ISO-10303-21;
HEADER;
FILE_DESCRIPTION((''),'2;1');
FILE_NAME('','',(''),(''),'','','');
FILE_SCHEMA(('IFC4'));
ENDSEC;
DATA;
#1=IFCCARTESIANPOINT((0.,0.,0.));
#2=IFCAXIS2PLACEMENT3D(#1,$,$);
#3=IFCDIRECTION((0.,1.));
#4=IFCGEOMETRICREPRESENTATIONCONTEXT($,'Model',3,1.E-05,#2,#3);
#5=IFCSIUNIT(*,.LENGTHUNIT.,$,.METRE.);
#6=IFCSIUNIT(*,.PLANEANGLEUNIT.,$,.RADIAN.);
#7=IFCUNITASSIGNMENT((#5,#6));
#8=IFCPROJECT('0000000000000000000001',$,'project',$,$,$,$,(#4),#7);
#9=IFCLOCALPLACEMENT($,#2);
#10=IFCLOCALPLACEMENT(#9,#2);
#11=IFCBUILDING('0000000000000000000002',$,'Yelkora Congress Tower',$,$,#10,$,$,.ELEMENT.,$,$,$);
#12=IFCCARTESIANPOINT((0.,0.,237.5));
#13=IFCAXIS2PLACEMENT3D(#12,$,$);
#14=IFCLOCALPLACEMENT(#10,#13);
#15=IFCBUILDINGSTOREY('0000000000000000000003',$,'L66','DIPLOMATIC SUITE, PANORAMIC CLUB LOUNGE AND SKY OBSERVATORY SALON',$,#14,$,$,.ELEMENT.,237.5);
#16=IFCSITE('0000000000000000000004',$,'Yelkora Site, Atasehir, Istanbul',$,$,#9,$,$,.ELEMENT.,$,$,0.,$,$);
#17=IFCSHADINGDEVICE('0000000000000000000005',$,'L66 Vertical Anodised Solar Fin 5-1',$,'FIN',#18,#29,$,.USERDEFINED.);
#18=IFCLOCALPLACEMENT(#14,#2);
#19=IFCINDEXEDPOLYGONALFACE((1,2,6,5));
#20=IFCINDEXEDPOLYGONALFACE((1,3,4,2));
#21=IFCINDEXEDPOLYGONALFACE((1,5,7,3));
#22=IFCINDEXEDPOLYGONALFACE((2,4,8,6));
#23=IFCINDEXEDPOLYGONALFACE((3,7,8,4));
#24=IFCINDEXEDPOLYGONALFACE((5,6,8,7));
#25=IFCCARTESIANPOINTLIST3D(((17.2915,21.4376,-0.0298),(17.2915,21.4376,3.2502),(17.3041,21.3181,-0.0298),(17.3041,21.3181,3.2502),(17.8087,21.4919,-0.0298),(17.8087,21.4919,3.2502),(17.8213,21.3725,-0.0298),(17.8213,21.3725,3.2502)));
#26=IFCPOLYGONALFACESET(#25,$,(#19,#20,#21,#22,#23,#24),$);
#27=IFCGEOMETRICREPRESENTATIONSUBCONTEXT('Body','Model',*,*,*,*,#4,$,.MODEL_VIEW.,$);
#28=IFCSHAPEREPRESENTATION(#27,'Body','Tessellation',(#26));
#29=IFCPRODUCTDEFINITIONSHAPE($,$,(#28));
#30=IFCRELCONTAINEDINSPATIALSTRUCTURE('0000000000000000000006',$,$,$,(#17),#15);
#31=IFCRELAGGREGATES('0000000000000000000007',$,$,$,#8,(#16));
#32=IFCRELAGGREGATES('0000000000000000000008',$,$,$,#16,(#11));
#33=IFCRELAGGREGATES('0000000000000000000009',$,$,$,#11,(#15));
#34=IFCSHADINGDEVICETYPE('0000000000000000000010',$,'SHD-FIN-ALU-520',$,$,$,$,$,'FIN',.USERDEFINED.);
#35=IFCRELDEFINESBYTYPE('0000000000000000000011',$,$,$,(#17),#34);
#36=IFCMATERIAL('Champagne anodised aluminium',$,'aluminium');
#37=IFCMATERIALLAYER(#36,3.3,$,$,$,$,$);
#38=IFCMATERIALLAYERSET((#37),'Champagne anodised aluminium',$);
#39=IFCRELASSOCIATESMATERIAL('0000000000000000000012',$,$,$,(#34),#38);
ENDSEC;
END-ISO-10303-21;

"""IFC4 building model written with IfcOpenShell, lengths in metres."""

from ifc_helpers import new_model, si_unit, direction, frame, origin, origin_2d, place, context, subcontext, project, spatial, rectangle, extrude, material, layer, layer_set, type_object, element, save


model = new_model("IFC4")

# Units and contexts
model_context = context("Model", 3, precision=1e-05, world=origin(), true_north=direction((0.0, 1.0)))
body_context = subcontext(model_context, "Body", "Model", "MODEL_VIEW")
ifc_project = project(units=[si_unit("LENGTHUNIT", "METRE"), si_unit("PLANEANGLEUNIT", "RADIAN")], contexts=[model_context])

# Site, building, storey
site_placement = place(None, origin())
site = spatial("IfcSite", under=ifc_project, at=site_placement, Name="Yelkora Site, Atasehir, Istanbul", CompositionType="ELEMENT", RefElevation=0.0)
building_placement = place(site_placement, origin())
building = spatial("IfcBuilding", under=site, at=building_placement, Name="Yelkora Congress Tower", CompositionType="ELEMENT")
storey_placement = place(building_placement, frame((0.0, 0.0, 237.5)))
storey = spatial("IfcBuildingStorey", under=building, at=storey_placement, Name="L66", Description="DIPLOMATIC SUITE, PANORAMIC CLUB LOUNGE AND SKY OBSERVATORY SALON", CompositionType="ELEMENT", Elevation=237.5)

# Shading device
ifc_material_1 = material(Name="Champagne anodised aluminium", Category="aluminium")
ifc_layer_1 = layer(ifc_material_1, 3.3)
ifc_layer_set_1 = layer_set([ifc_layer_1], Name="Champagne anodised aluminium")
shading_device_type = type_object("IfcShadingDeviceType", Name="SHD-FIN-ALU-520", ElementType="FIN", PredefinedType="USERDEFINED", material=ifc_layer_set_1)
shading_device_placement = place(storey_placement, frame((17.5564, 21.405, -0.0298), z_axis=(0.0, 0.0, 1.0), x_axis=(-0.104528, 0.994522, 0.0)))
element("IfcShadingDevice", 1, at=shading_device_placement, inside=storey, type_object=shading_device_type, Name="L66 Vertical Anodised Solar Fin 5-1", ObjectType="FIN", PredefinedType="USERDEFINED", context=body_context, shape_type="SweptSolid", body=[
    extrude(rectangle(XDim=0.1201, YDim=0.52, at=origin_2d()), origin(), (0.0, 0.0, 1.0), 3.28),
])

save(model, "model.ifc")
